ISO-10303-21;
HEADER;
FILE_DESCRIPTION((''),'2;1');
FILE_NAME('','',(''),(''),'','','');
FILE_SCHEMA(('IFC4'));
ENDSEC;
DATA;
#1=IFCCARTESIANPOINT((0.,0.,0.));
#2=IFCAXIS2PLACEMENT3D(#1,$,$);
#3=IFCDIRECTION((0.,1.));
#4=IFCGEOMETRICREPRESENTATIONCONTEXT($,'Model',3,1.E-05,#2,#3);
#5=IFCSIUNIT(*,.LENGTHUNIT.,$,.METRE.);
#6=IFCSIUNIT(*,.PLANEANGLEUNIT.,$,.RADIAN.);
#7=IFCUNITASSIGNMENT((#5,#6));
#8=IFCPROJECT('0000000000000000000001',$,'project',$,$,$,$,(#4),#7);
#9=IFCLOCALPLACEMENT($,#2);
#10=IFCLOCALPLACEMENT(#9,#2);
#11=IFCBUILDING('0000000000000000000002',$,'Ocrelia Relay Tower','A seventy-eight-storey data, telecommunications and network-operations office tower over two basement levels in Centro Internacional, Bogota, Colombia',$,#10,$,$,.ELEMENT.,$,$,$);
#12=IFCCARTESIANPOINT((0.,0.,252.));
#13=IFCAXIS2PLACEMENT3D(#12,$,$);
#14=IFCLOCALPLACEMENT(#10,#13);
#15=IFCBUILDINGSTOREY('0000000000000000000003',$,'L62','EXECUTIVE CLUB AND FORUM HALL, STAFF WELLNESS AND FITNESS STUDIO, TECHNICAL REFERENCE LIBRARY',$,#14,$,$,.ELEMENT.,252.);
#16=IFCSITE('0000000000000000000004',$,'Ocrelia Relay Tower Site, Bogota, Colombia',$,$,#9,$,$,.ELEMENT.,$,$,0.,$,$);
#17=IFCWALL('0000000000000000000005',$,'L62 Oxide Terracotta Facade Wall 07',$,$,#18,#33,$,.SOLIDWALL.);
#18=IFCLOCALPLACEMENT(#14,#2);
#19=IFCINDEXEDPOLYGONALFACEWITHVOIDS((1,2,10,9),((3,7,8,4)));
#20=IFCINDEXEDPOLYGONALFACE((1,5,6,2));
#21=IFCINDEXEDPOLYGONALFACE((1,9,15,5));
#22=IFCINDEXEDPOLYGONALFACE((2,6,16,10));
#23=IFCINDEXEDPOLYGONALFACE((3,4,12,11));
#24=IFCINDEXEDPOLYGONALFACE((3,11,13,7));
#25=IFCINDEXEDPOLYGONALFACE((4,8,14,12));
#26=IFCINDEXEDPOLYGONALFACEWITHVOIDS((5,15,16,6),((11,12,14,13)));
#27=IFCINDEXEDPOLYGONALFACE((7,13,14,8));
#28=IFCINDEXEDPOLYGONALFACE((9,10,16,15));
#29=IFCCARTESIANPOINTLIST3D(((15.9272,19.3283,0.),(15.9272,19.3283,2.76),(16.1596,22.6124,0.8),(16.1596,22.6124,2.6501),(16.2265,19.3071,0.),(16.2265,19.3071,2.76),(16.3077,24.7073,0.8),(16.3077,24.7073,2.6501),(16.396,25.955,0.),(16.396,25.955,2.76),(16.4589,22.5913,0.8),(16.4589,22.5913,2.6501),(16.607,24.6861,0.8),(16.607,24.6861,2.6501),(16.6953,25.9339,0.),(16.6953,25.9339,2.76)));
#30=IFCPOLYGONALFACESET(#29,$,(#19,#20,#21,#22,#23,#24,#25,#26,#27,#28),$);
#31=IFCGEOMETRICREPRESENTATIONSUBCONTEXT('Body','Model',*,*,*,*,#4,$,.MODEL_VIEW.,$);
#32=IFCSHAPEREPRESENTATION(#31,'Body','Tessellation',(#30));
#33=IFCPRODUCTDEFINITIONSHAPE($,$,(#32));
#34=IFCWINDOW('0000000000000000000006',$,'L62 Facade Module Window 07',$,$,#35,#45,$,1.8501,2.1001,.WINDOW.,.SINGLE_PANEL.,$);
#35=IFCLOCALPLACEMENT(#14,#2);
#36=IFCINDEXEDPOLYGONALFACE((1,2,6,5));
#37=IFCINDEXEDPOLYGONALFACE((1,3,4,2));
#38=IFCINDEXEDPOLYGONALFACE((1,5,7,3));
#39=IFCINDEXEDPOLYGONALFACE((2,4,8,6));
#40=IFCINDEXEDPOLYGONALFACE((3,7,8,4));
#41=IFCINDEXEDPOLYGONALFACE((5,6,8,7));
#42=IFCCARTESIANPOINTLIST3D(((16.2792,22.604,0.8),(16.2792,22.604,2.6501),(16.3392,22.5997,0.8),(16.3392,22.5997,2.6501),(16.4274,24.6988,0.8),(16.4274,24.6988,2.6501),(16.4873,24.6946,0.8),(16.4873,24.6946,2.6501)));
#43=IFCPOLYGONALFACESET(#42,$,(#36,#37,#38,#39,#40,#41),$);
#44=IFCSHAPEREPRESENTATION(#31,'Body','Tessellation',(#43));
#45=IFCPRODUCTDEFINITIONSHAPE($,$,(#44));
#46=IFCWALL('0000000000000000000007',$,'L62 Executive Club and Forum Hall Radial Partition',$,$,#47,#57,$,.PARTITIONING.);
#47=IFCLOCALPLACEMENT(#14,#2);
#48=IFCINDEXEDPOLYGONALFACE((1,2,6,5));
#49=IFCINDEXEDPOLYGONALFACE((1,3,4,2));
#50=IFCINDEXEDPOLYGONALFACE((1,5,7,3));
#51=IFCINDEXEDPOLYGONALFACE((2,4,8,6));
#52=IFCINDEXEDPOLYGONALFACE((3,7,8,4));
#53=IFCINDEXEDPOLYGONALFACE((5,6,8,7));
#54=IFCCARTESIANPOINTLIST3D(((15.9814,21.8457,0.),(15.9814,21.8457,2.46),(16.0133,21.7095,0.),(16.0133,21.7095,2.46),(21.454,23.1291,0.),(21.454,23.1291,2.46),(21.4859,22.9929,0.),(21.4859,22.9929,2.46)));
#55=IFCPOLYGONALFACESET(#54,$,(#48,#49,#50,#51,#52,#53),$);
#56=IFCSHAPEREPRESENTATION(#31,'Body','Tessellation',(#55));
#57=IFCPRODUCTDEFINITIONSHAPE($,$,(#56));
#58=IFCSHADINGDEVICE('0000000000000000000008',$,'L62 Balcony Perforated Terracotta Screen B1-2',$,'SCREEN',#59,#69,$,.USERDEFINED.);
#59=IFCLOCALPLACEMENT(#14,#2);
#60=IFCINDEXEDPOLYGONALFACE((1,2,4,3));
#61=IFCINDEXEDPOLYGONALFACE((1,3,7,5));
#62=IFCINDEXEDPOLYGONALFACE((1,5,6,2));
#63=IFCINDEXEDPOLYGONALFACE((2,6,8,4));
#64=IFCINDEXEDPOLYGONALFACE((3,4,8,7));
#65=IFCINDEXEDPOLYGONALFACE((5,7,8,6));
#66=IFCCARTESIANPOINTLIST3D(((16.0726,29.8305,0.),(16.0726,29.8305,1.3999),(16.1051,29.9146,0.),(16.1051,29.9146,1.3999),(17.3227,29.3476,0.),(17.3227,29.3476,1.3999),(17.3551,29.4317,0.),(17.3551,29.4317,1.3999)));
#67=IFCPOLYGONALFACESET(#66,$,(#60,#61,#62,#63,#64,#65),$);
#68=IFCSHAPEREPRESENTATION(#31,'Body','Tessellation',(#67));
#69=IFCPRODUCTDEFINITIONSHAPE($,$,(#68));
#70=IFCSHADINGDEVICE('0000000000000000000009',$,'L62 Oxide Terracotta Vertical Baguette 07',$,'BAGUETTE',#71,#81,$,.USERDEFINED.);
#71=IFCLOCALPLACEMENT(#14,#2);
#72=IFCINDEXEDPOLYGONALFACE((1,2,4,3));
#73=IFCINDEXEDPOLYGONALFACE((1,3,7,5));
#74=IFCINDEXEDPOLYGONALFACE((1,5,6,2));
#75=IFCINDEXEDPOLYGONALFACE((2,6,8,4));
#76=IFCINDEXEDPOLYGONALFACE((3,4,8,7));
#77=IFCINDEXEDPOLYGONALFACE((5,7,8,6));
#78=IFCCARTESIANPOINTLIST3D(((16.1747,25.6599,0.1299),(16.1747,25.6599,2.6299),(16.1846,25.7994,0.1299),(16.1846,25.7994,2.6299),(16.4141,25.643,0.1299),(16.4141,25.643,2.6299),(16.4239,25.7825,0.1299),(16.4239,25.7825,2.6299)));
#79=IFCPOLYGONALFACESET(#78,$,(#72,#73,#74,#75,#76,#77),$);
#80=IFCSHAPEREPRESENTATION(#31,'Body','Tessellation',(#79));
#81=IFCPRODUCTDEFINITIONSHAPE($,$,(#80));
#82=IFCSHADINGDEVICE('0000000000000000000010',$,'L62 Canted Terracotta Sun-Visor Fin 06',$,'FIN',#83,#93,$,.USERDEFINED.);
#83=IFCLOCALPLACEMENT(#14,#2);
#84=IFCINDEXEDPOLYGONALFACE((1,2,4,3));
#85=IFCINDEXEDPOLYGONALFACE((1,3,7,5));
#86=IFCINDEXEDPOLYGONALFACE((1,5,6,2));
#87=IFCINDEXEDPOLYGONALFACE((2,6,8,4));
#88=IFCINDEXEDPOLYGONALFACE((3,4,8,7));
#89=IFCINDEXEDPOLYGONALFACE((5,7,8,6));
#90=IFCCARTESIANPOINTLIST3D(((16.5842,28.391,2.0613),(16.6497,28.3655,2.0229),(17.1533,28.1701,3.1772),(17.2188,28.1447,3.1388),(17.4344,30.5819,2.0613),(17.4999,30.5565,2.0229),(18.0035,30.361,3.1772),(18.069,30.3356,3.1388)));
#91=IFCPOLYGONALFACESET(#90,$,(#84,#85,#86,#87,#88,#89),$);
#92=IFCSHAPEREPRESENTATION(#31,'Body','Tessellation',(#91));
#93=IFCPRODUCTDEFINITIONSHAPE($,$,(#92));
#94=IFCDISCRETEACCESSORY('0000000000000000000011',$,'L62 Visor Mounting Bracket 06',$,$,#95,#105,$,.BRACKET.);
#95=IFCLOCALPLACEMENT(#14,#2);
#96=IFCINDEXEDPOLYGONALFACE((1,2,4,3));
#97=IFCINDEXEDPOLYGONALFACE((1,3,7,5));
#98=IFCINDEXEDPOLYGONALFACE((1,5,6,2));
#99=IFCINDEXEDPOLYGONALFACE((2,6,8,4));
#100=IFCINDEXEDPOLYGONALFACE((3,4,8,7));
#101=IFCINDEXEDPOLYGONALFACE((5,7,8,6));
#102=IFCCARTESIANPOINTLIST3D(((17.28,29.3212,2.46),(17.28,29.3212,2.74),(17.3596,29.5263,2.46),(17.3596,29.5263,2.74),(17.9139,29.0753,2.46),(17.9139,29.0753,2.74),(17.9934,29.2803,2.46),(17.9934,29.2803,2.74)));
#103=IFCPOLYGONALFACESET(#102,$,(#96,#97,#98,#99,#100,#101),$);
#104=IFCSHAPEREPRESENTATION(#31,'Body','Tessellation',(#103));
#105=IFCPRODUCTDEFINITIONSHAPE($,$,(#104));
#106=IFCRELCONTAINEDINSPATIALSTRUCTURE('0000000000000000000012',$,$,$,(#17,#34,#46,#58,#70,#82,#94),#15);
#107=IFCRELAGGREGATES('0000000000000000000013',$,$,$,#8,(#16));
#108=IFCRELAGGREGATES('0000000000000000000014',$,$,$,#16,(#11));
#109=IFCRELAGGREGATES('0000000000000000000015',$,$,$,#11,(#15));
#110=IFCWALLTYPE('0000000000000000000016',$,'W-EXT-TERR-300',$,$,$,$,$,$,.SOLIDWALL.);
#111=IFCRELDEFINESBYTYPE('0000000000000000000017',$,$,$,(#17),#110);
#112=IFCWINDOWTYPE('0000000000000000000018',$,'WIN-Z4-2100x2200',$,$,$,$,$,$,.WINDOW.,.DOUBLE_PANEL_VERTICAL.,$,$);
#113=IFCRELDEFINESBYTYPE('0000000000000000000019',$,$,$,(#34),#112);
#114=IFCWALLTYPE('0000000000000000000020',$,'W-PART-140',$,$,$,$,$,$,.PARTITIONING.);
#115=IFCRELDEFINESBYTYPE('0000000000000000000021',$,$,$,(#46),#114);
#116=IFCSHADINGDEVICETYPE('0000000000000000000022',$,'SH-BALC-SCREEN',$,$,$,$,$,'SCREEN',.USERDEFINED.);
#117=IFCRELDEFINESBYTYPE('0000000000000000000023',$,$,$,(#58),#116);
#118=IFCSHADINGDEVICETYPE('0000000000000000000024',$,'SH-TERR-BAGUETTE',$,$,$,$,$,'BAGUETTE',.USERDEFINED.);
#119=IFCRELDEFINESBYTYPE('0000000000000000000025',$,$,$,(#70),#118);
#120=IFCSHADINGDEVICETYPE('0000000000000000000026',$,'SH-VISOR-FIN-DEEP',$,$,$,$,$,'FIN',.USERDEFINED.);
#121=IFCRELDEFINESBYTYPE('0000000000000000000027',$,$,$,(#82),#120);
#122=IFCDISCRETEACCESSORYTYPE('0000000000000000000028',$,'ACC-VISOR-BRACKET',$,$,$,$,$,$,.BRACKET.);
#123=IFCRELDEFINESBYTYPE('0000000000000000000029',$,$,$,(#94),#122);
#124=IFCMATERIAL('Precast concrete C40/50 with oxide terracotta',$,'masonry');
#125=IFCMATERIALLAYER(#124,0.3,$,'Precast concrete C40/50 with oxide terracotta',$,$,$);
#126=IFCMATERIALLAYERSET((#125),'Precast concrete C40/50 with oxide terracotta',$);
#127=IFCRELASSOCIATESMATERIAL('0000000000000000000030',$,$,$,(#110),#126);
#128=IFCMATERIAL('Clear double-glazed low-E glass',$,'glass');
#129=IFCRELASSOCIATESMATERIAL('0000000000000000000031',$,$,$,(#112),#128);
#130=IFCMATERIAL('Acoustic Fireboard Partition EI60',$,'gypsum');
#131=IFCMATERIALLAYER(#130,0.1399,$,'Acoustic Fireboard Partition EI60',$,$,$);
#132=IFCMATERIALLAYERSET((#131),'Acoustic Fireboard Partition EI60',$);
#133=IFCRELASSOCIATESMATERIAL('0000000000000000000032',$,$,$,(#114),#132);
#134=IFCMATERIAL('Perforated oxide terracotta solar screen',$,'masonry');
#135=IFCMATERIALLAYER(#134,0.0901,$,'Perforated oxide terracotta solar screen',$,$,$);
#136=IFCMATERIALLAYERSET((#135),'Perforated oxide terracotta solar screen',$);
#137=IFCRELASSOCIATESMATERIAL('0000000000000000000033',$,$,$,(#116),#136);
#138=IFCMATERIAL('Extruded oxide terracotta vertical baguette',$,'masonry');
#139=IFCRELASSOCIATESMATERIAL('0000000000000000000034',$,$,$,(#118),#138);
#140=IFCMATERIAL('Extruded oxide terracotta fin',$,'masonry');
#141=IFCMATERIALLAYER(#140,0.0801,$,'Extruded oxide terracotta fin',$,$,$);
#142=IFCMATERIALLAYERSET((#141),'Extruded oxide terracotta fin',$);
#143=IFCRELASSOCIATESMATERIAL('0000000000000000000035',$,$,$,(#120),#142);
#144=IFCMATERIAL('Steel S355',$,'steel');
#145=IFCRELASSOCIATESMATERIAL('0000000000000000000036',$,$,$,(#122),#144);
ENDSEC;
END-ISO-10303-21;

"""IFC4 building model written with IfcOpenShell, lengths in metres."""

from ifc_helpers import new_model, si_unit, direction, frame, frame_2d, origin, origin_2d, place, context, subcontext, project, spatial, rectangle, extrude, material, layer, layer_set, type_object, element, fill, save


model = new_model("IFC4")

# Units and contexts
model_context = context("Model", 3, precision=1e-05, world=origin(), true_north=direction((0.0, 1.0)))
body_context = subcontext(model_context, "Body", "Model", "MODEL_VIEW")
ifc_project = project(units=[si_unit("LENGTHUNIT", "METRE"), si_unit("PLANEANGLEUNIT", "RADIAN")], contexts=[model_context])

# Site, building, storey
site_placement = place(None, origin())
site = spatial("IfcSite", under=ifc_project, at=site_placement, Name="Ocrelia Relay Tower Site, Bogota, Colombia", CompositionType="ELEMENT", RefElevation=0.0)
building_placement = place(site_placement, origin())
building = spatial("IfcBuilding", under=site, at=building_placement, Name="Ocrelia Relay Tower", Description="A seventy-eight-storey data, telecommunications and network-operations office tower over two basement levels in Centro Internacional, Bogota, Colombia", CompositionType="ELEMENT")
storey_placement = place(building_placement, frame((0.0, 0.0, 252.0)))
storey = spatial("IfcBuildingStorey", under=building, at=storey_placement, Name="L62", Description="EXECUTIVE CLUB AND FORUM HALL, STAFF WELLNESS AND FITNESS STUDIO, TECHNICAL REFERENCE LIBRARY", CompositionType="ELEMENT", Elevation=252.0)

# Shared definitions
ifc_material_1 = material(Name="Steel S355", Category="steel")

# Wall, opening, window
ifc_material_2 = material(Name="Precast concrete C40/50 with oxide terracotta", Category="masonry")
ifc_layer_1 = layer(ifc_material_2, 0.3, Name="Precast concrete C40/50 with oxide terracotta")
ifc_layer_set_1 = layer_set([ifc_layer_1], Name="Precast concrete C40/50 with oxide terracotta")
wall_type_1 = type_object("IfcWallType", Name="W-EXT-TERR-300", PredefinedType="SOLIDWALL", material=ifc_layer_set_1)
wall_1_placement = place(storey_placement, frame((16.5457, 25.9446, 0.0), z_axis=(0.0, 0.0, 1.0), x_axis=(-0.07056, -0.997508, 0.0)))
wall_1 = element("IfcWall", 1, at=wall_1_placement, inside=storey, type_object=wall_type_1, Name="L62 Oxide Terracotta Facade Wall 07", PredefinedType="SOLIDWALL", context=body_context, shape_type="SweptSolid", body=[
    extrude(rectangle(XDim=6.6433, YDim=0.3, at=frame_2d((3.3218, 0.0))), origin(), (0.0, 0.0, 1.0), 2.76),
])
opening_1_placement = place(wall_1_placement, frame((1.251, 0.0, 0.8)))
opening_1 = element("IfcOpeningElement", 2, at=opening_1_placement, cuts=wall_1, PredefinedType="OPENING", context=body_context, shape_type="SweptSolid", body=[
    extrude(rectangle(XDim=2.1001, YDim=1.8501, at=frame_2d((1.05, 0.925))), frame((0.0, 0.1602, 0.0), z_axis=(0.0, -1.0, 0.0), x_axis=(1.0, 0.0, 0.0)), (0.0, 0.0, 1.0), 0.3201),
])
ifc_material_3 = material(Name="Clear double-glazed low-E glass", Category="glass")
window_type = type_object("IfcWindowType", Name="WIN-Z4-2100x2200", PartitioningType="DOUBLE_PANEL_VERTICAL", PredefinedType="WINDOW", material=ifc_material_3)
window_placement = place(opening_1_placement, origin())
window = element("IfcWindow", 3, at=window_placement, inside=storey, type_object=window_type, Name="L62 Facade Module Window 07", OverallHeight=1.8501, OverallWidth=2.1001, PartitioningType="SINGLE_PANEL", PredefinedType="WINDOW", context=body_context, shape_type="SweptSolid", body=[
    extrude(rectangle(XDim=2.1001, YDim=1.8501, at=frame_2d((1.05, 0.925))), frame((0.0, 0.03, 0.0), z_axis=(0.0, -1.0, 0.0), x_axis=(1.0, 0.0, 0.0)), (0.0, 0.0, 1.0), 0.0601),
])
fill(opening_1, window)

# Wall
ifc_material_4 = material(Name="Acoustic Fireboard Partition EI60", Category="gypsum")
ifc_layer_2 = layer(ifc_material_4, 0.1399, Name="Acoustic Fireboard Partition EI60")
ifc_layer_set_2 = layer_set([ifc_layer_2], Name="Acoustic Fireboard Partition EI60")
wall_type_2 = type_object("IfcWallType", Name="W-PART-140", PredefinedType="PARTITIONING", material=ifc_layer_set_2)
wall_2_placement = place(storey_placement, frame((21.47, 23.061, 0.0), z_axis=(0.0, 0.0, 1.0), x_axis=(-0.973585, -0.228325, 0.0)))
element("IfcWall", 4, at=wall_2_placement, inside=storey, type_object=wall_type_2, Name="L62 Executive Club and Forum Hall Radial Partition", PredefinedType="PARTITIONING", context=body_context, shape_type="SweptSolid", body=[
    extrude(rectangle(XDim=5.6211, YDim=0.1399, at=frame_2d((2.8105, 0.0))), origin(), (0.0, 0.0, 1.0), 2.46),
])

# Shading devices
ifc_material_5 = material(Name="Perforated oxide terracotta solar screen", Category="masonry")
ifc_layer_3 = layer(ifc_material_5, 0.0901, Name="Perforated oxide terracotta solar screen")
ifc_layer_set_3 = layer_set([ifc_layer_3], Name="Perforated oxide terracotta solar screen")
shading_device_type_1 = type_object("IfcShadingDeviceType", Name="SH-BALC-SCREEN", ElementType="SCREEN", PredefinedType="USERDEFINED", material=ifc_layer_set_3)
shading_device_1_placement = place(storey_placement, frame((16.7139, 29.6311, 0.0), z_axis=(0.0, 0.0, 1.0), x_axis=(-0.932821, 0.36034, 0.0)))
element("IfcShadingDevice", 5, at=shading_device_1_placement, inside=storey, type_object=shading_device_type_1, Name="L62 Balcony Perforated Terracotta Screen B1-2", ObjectType="SCREEN", PredefinedType="USERDEFINED", context=body_context, shape_type="SweptSolid", body=[
    extrude(rectangle(XDim=1.3401, YDim=0.0901, at=origin_2d()), origin(), (0.0, 0.0, 1.0), 1.3999),
])
ifc_material_6 = material(Name="Extruded oxide terracotta vertical baguette", Category="masonry")
shading_device_type_2 = type_object("IfcShadingDeviceType", Name="SH-TERR-BAGUETTE", ElementType="BAGUETTE", PredefinedType="USERDEFINED", material=ifc_material_6)
shading_device_2_placement = place(storey_placement, frame((16.2993, 25.7212, 0.1299), z_axis=(0.0, 0.0, 1.0), x_axis=(-0.070554, -0.997508, 0.0)))
element("IfcShadingDevice", 6, at=shading_device_2_placement, inside=storey, type_object=shading_device_type_2, Name="L62 Oxide Terracotta Vertical Baguette 07", ObjectType="BAGUETTE", PredefinedType="USERDEFINED", context=body_context, shape_type="SweptSolid", body=[
    extrude(rectangle(XDim=0.1399, YDim=0.24, at=origin_2d()), origin(), (0.0, 0.0, 1.0), 2.5),
])
ifc_material_7 = material(Name="Extruded oxide terracotta fin", Category="masonry")
ifc_layer_4 = layer(ifc_material_7, 0.0801, Name="Extruded oxide terracotta fin")
ifc_layer_set_4 = layer_set([ifc_layer_4], Name="Extruded oxide terracotta fin")
shading_device_type_3 = type_object("IfcShadingDeviceType", Name="SH-VISOR-FIN-DEEP", ElementType="FIN", PredefinedType="USERDEFINED", material=ifc_layer_set_4)
shading_device_3_placement = place(storey_placement, frame((17.3594, 29.3506, 2.5808), z_axis=(-0.81789, 0.317388, 0.479917), x_axis=(-0.361773, -0.932266, 0.0)))
element("IfcShadingDevice", 7, at=shading_device_3_placement, inside=storey, type_object=shading_device_type_3, Name="L62 Canted Terracotta Sun-Visor Fin 06", ObjectType="FIN", PredefinedType="USERDEFINED", context=body_context, shape_type="SweptSolid", body=[
    extrude(rectangle(XDim=2.3501, YDim=1.272, at=origin_2d()), origin(), (0.0, 0.0, 1.0), 0.0801),
])

# Discrete accessory
discrete_accessory_type = type_object("IfcDiscreteAccessoryType", Name="ACC-VISOR-BRACKET", PredefinedType="BRACKET", material=ifc_material_1)
discrete_accessory_placement = place(storey_placement, frame((17.6367, 29.3008, 2.46), z_axis=(0.0, 0.0, 1.0), x_axis=(-0.361773, -0.932266, 0.0)))
element("IfcDiscreteAccessory", 8, at=discrete_accessory_placement, inside=storey, type_object=discrete_accessory_type, Name="L62 Visor Mounting Bracket 06", PredefinedType="BRACKET", context=body_context, shape_type="SweptSolid", body=[
    extrude(rectangle(XDim=0.22, YDim=0.6799, at=origin_2d()), origin(), (0.0, 0.0, 1.0), 0.28),
])

save(model, "model.ifc")
